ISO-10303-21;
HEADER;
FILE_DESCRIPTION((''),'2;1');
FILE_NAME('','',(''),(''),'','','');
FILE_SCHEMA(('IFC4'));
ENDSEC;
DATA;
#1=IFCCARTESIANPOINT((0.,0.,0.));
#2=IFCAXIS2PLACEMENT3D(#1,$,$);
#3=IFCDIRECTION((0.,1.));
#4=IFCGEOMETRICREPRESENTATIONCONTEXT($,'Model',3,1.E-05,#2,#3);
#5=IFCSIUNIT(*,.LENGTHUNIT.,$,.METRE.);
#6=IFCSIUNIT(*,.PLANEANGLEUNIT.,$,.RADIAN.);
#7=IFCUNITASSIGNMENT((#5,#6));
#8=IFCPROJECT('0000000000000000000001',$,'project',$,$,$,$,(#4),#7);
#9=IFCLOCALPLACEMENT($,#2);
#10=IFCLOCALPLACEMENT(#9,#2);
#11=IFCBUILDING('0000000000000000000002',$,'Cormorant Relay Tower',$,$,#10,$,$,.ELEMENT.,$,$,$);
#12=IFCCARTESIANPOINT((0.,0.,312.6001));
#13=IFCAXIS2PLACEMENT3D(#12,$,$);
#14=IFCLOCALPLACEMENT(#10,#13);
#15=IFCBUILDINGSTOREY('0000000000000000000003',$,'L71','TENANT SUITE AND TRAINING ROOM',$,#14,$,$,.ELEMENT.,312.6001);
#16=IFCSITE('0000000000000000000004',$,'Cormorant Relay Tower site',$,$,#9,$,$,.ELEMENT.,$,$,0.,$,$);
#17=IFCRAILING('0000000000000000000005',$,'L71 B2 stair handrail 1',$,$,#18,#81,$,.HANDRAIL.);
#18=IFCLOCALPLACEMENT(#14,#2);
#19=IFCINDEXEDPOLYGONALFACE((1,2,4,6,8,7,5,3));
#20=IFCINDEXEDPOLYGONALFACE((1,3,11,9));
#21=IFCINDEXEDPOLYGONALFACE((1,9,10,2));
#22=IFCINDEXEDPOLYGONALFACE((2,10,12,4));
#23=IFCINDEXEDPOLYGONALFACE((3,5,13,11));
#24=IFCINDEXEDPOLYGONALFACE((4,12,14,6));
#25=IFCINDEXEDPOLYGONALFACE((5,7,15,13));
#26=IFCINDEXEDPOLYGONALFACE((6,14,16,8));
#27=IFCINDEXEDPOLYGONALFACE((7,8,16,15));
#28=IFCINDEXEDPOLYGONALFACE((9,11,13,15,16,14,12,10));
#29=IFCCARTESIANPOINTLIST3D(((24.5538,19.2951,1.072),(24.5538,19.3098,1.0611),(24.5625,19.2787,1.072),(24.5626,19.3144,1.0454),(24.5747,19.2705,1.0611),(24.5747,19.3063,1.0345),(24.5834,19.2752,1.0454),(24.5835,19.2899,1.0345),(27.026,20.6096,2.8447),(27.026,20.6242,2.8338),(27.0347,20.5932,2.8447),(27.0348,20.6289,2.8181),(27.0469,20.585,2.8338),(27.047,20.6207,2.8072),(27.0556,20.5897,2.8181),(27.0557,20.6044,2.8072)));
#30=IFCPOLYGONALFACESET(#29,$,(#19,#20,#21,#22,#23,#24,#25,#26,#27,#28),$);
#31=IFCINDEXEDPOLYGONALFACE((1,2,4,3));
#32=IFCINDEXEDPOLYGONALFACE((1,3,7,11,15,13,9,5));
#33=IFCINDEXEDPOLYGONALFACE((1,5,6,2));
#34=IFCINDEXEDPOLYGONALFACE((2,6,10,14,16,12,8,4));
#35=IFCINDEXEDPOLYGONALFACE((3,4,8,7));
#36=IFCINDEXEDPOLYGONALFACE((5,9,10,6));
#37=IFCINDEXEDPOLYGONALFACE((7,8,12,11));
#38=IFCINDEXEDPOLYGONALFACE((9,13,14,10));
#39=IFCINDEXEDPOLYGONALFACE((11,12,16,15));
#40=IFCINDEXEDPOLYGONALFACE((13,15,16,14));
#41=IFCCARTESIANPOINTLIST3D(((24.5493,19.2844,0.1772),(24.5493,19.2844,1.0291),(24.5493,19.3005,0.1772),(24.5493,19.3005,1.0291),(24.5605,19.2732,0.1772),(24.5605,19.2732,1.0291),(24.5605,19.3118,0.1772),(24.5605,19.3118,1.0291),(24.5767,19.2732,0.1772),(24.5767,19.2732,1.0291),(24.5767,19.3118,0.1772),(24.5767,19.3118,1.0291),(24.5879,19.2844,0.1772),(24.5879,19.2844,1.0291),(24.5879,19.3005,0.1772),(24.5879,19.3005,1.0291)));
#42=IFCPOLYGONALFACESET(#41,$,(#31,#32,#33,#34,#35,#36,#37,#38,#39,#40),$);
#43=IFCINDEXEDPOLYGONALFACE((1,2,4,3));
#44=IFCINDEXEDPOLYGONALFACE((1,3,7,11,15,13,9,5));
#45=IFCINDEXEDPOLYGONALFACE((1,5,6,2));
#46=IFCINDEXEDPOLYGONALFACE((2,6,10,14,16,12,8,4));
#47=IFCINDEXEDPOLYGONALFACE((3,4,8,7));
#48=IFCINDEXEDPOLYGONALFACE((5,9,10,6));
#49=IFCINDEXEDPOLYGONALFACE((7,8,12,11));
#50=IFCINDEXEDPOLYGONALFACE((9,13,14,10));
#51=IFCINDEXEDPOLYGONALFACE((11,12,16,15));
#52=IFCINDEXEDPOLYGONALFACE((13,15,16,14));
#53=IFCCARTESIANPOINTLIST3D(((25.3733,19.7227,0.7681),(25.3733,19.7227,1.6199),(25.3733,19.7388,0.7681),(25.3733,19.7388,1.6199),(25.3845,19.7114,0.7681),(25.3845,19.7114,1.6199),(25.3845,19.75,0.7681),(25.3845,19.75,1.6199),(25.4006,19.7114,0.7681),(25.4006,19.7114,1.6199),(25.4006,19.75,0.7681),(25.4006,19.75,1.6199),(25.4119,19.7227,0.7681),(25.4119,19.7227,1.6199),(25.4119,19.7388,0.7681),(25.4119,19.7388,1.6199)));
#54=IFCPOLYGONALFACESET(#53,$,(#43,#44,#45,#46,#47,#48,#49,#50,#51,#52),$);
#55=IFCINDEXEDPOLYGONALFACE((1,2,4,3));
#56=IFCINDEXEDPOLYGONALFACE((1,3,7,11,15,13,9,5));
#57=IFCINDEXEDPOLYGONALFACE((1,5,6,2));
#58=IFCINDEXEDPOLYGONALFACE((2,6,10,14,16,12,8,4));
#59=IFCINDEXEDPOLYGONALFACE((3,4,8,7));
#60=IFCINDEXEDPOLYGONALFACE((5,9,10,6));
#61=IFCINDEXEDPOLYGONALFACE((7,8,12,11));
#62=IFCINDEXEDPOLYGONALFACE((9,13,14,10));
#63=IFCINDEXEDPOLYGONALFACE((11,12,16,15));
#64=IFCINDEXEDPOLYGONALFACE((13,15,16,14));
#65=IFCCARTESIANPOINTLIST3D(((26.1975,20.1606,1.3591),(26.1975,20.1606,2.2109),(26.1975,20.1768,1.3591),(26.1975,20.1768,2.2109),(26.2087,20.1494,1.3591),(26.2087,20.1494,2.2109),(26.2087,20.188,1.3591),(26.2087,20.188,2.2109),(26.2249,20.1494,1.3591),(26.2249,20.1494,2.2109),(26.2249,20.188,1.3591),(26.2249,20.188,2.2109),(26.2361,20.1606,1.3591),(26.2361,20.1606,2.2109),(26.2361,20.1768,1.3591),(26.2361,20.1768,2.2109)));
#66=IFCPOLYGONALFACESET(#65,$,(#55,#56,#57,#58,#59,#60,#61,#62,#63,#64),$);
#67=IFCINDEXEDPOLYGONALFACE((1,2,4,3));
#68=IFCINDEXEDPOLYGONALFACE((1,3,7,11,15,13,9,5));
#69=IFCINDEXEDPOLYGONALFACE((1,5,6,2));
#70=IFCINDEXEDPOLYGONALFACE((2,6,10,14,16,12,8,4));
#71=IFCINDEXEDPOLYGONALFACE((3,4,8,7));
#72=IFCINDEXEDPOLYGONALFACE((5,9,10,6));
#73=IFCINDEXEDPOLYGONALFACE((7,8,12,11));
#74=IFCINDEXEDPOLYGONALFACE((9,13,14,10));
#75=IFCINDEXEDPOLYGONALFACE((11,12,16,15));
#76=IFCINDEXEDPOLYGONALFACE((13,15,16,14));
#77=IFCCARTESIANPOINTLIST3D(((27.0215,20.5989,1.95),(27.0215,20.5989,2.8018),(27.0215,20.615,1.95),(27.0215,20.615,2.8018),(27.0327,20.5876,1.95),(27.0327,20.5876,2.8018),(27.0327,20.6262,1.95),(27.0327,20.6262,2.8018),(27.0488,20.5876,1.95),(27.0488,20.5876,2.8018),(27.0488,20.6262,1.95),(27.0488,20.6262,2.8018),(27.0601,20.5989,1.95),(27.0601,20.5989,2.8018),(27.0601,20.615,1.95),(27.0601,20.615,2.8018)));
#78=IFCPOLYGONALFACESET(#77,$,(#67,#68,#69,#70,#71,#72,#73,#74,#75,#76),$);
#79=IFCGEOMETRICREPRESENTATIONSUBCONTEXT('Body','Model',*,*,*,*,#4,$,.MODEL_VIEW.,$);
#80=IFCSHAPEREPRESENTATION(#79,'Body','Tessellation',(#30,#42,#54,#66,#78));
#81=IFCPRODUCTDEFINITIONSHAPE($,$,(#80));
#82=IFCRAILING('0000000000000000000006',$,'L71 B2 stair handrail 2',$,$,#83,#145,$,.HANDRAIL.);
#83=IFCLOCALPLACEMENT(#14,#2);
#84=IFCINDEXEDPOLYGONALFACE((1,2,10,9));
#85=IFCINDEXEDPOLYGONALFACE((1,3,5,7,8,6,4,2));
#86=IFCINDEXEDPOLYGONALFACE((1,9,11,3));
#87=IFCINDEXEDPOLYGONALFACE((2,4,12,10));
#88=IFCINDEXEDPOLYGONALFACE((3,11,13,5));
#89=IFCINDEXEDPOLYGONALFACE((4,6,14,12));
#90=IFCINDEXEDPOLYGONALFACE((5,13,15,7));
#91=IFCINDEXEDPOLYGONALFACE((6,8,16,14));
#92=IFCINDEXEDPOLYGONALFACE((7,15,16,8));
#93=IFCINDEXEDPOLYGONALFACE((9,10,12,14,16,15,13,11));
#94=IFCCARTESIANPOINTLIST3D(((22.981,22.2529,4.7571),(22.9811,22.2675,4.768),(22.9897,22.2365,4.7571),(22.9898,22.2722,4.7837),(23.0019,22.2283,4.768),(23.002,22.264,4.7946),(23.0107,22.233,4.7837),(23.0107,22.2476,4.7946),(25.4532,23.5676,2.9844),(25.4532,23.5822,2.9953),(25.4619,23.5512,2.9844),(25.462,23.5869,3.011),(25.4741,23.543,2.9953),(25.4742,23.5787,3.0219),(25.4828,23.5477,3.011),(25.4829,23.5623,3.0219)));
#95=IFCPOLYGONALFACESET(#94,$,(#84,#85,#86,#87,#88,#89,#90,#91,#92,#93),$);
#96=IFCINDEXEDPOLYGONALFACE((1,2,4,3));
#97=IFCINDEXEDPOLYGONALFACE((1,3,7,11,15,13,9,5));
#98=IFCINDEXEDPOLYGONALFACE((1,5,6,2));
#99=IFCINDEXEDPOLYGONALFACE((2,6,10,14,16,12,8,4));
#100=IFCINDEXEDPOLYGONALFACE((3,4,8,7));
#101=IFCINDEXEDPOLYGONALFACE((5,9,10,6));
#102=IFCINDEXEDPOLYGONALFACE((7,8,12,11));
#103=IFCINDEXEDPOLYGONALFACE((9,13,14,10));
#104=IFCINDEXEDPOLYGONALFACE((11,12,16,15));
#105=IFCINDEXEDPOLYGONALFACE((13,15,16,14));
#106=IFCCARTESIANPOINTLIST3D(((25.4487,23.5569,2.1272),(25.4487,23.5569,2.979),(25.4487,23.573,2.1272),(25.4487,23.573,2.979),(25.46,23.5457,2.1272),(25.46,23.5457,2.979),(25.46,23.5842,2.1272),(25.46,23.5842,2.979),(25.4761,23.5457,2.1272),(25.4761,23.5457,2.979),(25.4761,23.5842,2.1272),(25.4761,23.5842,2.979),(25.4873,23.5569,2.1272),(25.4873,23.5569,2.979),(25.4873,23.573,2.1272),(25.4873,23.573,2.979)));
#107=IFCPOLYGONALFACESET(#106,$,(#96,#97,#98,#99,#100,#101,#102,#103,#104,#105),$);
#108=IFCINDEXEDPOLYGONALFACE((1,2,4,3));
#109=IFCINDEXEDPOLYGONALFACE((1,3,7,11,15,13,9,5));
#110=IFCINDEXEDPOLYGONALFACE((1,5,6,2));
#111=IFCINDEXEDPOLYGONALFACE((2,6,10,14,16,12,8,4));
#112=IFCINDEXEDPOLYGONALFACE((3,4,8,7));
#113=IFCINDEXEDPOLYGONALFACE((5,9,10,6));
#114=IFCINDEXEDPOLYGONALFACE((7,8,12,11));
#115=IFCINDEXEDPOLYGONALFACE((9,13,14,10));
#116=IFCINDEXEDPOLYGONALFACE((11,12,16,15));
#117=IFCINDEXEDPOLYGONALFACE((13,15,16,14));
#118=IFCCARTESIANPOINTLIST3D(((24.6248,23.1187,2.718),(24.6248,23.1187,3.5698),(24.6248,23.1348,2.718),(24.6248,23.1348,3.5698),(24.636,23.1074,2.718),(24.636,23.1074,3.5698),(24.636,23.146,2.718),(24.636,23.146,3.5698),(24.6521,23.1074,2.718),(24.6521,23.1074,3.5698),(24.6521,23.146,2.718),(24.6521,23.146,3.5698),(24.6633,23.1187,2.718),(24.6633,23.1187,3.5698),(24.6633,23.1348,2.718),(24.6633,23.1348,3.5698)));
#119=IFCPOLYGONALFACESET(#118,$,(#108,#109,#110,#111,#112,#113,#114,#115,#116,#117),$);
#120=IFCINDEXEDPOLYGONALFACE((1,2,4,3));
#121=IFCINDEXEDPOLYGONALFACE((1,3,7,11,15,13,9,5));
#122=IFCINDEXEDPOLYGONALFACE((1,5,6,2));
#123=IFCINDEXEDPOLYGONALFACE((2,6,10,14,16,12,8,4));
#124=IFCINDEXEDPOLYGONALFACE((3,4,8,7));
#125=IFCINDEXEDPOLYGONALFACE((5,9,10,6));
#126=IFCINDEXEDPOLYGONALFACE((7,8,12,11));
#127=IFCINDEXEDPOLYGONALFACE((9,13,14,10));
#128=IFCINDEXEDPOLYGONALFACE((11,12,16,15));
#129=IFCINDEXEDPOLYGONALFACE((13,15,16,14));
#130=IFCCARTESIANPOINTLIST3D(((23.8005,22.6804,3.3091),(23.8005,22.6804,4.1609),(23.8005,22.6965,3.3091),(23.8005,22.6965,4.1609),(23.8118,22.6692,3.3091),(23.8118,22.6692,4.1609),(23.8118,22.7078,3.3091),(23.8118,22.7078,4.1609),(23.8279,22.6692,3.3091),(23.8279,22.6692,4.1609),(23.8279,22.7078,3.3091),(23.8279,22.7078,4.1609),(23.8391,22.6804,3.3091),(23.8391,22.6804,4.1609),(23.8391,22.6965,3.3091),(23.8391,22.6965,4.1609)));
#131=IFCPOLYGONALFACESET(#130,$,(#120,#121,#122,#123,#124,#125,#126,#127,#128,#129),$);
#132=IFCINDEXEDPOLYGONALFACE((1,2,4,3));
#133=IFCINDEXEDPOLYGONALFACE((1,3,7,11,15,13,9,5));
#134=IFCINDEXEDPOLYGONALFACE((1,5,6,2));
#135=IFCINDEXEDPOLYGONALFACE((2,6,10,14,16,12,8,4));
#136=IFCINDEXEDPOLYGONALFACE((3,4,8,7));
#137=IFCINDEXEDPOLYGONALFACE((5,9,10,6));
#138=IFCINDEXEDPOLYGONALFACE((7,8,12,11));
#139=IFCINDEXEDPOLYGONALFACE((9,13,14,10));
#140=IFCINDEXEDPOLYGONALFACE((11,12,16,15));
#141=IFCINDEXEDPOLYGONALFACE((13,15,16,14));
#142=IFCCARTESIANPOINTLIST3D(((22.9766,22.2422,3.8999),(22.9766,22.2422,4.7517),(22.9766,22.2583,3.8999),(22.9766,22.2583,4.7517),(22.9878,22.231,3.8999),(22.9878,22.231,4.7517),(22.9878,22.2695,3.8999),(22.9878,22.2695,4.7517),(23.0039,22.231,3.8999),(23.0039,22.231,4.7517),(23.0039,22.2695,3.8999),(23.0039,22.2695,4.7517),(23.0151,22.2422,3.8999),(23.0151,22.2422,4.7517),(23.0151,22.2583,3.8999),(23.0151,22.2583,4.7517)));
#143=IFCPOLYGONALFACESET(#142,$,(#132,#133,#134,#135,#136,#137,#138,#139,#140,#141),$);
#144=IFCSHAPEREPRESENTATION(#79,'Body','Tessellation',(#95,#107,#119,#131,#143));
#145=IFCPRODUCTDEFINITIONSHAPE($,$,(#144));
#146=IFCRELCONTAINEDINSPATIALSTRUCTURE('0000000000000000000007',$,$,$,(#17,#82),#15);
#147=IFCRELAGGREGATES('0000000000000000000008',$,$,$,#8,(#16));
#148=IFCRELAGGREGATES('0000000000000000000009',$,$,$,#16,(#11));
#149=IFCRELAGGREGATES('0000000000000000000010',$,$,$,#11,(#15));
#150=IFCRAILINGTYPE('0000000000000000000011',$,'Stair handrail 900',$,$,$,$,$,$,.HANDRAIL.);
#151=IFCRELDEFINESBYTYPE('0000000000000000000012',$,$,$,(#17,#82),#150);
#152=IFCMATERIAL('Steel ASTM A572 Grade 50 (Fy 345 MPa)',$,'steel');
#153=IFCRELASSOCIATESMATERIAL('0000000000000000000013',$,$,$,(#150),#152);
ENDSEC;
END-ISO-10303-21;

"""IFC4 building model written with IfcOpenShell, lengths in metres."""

from ifc_helpers import new_model, si_unit, direction, frame, origin, place, context, subcontext, project, spatial, polyline, outline, extrude, material, type_object, element, save


model = new_model("IFC4")

# Units and contexts
model_context = context("Model", 3, precision=1e-05, world=origin(), true_north=direction((0.0, 1.0)))
body_context = subcontext(model_context, "Body", "Model", "MODEL_VIEW")
ifc_project = project(units=[si_unit("LENGTHUNIT", "METRE"), si_unit("PLANEANGLEUNIT", "RADIAN")], contexts=[model_context])

# Site, building, storey
site_placement = place(None, origin())
site = spatial("IfcSite", under=ifc_project, at=site_placement, Name="Cormorant Relay Tower site", CompositionType="ELEMENT", RefElevation=0.0)
building_placement = place(site_placement, origin())
building = spatial("IfcBuilding", under=site, at=building_placement, Name="Cormorant Relay Tower", CompositionType="ELEMENT")
storey_placement = place(building_placement, frame((0.0, 0.0, 312.6001)))
storey = spatial("IfcBuildingStorey", under=building, at=storey_placement, Name="L71", Description="TENANT SUITE AND TRAINING ROOM", CompositionType="ELEMENT", Elevation=312.6001)

# Railings
ifc_material_1 = material(Name="Steel ASTM A572 Grade 50 (Fy 345 MPa)", Category="steel")
railing_type_1 = type_object("IfcRailingType", Name="Stair handrail 900", PredefinedType="HANDRAIL", material=ifc_material_1)
railing_1_placement = place(storey_placement, frame((24.5686, 19.2925, 0.1772)))
element("IfcRailing", 1, at=railing_1_placement, inside=storey, type_object=railing_type_1, Name="L71 B2 stair handrail 1", PredefinedType="HANDRAIL", context=body_context, shape_type="SweptSolid", body=[
    extrude(outline(polyline([(0.0222, 0.0093), (0.0093, 0.0222), (-0.0093, 0.0222), (-0.0222, 0.0093), (-0.0222, -0.0093), (-0.0093, -0.0222), (0.0093, -0.0222), (0.0222, -0.0093), (0.0222, 0.0093)])), frame((0.0, 0.0, 0.876), z_axis=(0.746001, 0.396649, 0.534931), x_axis=(-0.469465, 0.882951, 0.0)), (0.0, 0.0, 1.0), 3.314),
    extrude(outline(polyline([(0.0193, 0.0081), (0.0081, 0.0193), (-0.0081, 0.0193), (-0.0193, 0.0081), (-0.0193, -0.0081), (-0.0081, -0.0193), (0.0081, -0.0193), (0.0193, -0.0081), (0.0193, 0.0081)])), origin(), (0.0, 0.0, 1.0), 0.8518),
    extrude(outline(polyline([(0.0193, 0.0081), (0.0081, 0.0193), (-0.0081, 0.0193), (-0.0193, 0.0081), (-0.0193, -0.0081), (-0.0081, -0.0193), (0.0081, -0.0193), (0.0193, -0.0081), (0.0193, 0.0081)])), frame((0.824, 0.4382, 0.5908)), (0.0, 0.0, 1.0), 0.8518),
    extrude(outline(polyline([(0.0193, 0.0081), (0.0081, 0.0193), (-0.0081, 0.0193), (-0.0193, 0.0081), (-0.0193, -0.0081), (-0.0081, -0.0193), (0.0081, -0.0193), (0.0193, -0.0081), (0.0193, 0.0081)])), frame((1.6482, 0.8762, 1.1819)), (0.0, 0.0, 1.0), 0.8518),
    extrude(outline(polyline([(0.0193, 0.0081), (0.0081, 0.0193), (-0.0081, 0.0193), (-0.0193, 0.0081), (-0.0193, -0.0081), (-0.0081, -0.0193), (0.0081, -0.0193), (0.0193, -0.0081), (0.0193, 0.0081)])), frame((2.4722, 1.3145, 1.7727)), (0.0, 0.0, 1.0), 0.8518),
])
railing_2_placement = place(storey_placement, frame((25.468, 23.5649, 2.1272)))
element("IfcRailing", 2, at=railing_2_placement, inside=storey, type_object=railing_type_1, Name="L71 B2 stair handrail 2", PredefinedType="HANDRAIL", context=body_context, shape_type="SweptSolid", body=[
    extrude(outline(polyline([(0.0222, 0.0093), (0.0093, 0.0222), (-0.0093, 0.0222), (-0.0222, 0.0093), (-0.0222, -0.0093), (-0.0093, -0.0222), (0.0093, -0.0222), (0.0222, -0.0093), (0.0222, 0.0093)])), frame((0.0, 0.0, 0.876), z_axis=(-0.745979, -0.396711, 0.534916), x_axis=(0.469533, -0.882915, 0.0)), (0.0, 0.0, 1.0), 3.314),
    extrude(outline(polyline([(0.0193, 0.0081), (0.0081, 0.0193), (-0.0081, 0.0193), (-0.0193, 0.0081), (-0.0193, -0.0081), (-0.0081, -0.0193), (0.0081, -0.0193), (0.0193, -0.0081), (0.0193, 0.0081)])), origin(), (0.0, 0.0, 1.0), 0.8518),
    extrude(outline(polyline([(0.0193, 0.0081), (0.0081, 0.0193), (-0.0081, 0.0193), (-0.0193, 0.0081), (-0.0193, -0.0081), (-0.0081, -0.0193), (0.0081, -0.0193), (0.0193, -0.0081), (0.0193, 0.0081)])), frame((-0.824, -0.4382, 0.5908)), (0.0, 0.0, 1.0), 0.8518),
    extrude(outline(polyline([(0.0193, 0.0081), (0.0081, 0.0193), (-0.0081, 0.0193), (-0.0193, 0.0081), (-0.0193, -0.0081), (-0.0081, -0.0193), (0.0081, -0.0193), (0.0193, -0.0081), (0.0193, 0.0081)])), frame((-1.6482, -0.8765, 1.1819)), (0.0, 0.0, 1.0), 0.8518),
    extrude(outline(polyline([(0.0193, 0.0081), (0.0081, 0.0193), (-0.0081, 0.0193), (-0.0193, 0.0081), (-0.0193, -0.0081), (-0.0081, -0.0193), (0.0081, -0.0193), (0.0193, -0.0081), (0.0193, 0.0081)])), frame((-2.4722, -1.3147, 1.7727)), (0.0, 0.0, 1.0), 0.8518),
])

save(model, "model.ifc")
